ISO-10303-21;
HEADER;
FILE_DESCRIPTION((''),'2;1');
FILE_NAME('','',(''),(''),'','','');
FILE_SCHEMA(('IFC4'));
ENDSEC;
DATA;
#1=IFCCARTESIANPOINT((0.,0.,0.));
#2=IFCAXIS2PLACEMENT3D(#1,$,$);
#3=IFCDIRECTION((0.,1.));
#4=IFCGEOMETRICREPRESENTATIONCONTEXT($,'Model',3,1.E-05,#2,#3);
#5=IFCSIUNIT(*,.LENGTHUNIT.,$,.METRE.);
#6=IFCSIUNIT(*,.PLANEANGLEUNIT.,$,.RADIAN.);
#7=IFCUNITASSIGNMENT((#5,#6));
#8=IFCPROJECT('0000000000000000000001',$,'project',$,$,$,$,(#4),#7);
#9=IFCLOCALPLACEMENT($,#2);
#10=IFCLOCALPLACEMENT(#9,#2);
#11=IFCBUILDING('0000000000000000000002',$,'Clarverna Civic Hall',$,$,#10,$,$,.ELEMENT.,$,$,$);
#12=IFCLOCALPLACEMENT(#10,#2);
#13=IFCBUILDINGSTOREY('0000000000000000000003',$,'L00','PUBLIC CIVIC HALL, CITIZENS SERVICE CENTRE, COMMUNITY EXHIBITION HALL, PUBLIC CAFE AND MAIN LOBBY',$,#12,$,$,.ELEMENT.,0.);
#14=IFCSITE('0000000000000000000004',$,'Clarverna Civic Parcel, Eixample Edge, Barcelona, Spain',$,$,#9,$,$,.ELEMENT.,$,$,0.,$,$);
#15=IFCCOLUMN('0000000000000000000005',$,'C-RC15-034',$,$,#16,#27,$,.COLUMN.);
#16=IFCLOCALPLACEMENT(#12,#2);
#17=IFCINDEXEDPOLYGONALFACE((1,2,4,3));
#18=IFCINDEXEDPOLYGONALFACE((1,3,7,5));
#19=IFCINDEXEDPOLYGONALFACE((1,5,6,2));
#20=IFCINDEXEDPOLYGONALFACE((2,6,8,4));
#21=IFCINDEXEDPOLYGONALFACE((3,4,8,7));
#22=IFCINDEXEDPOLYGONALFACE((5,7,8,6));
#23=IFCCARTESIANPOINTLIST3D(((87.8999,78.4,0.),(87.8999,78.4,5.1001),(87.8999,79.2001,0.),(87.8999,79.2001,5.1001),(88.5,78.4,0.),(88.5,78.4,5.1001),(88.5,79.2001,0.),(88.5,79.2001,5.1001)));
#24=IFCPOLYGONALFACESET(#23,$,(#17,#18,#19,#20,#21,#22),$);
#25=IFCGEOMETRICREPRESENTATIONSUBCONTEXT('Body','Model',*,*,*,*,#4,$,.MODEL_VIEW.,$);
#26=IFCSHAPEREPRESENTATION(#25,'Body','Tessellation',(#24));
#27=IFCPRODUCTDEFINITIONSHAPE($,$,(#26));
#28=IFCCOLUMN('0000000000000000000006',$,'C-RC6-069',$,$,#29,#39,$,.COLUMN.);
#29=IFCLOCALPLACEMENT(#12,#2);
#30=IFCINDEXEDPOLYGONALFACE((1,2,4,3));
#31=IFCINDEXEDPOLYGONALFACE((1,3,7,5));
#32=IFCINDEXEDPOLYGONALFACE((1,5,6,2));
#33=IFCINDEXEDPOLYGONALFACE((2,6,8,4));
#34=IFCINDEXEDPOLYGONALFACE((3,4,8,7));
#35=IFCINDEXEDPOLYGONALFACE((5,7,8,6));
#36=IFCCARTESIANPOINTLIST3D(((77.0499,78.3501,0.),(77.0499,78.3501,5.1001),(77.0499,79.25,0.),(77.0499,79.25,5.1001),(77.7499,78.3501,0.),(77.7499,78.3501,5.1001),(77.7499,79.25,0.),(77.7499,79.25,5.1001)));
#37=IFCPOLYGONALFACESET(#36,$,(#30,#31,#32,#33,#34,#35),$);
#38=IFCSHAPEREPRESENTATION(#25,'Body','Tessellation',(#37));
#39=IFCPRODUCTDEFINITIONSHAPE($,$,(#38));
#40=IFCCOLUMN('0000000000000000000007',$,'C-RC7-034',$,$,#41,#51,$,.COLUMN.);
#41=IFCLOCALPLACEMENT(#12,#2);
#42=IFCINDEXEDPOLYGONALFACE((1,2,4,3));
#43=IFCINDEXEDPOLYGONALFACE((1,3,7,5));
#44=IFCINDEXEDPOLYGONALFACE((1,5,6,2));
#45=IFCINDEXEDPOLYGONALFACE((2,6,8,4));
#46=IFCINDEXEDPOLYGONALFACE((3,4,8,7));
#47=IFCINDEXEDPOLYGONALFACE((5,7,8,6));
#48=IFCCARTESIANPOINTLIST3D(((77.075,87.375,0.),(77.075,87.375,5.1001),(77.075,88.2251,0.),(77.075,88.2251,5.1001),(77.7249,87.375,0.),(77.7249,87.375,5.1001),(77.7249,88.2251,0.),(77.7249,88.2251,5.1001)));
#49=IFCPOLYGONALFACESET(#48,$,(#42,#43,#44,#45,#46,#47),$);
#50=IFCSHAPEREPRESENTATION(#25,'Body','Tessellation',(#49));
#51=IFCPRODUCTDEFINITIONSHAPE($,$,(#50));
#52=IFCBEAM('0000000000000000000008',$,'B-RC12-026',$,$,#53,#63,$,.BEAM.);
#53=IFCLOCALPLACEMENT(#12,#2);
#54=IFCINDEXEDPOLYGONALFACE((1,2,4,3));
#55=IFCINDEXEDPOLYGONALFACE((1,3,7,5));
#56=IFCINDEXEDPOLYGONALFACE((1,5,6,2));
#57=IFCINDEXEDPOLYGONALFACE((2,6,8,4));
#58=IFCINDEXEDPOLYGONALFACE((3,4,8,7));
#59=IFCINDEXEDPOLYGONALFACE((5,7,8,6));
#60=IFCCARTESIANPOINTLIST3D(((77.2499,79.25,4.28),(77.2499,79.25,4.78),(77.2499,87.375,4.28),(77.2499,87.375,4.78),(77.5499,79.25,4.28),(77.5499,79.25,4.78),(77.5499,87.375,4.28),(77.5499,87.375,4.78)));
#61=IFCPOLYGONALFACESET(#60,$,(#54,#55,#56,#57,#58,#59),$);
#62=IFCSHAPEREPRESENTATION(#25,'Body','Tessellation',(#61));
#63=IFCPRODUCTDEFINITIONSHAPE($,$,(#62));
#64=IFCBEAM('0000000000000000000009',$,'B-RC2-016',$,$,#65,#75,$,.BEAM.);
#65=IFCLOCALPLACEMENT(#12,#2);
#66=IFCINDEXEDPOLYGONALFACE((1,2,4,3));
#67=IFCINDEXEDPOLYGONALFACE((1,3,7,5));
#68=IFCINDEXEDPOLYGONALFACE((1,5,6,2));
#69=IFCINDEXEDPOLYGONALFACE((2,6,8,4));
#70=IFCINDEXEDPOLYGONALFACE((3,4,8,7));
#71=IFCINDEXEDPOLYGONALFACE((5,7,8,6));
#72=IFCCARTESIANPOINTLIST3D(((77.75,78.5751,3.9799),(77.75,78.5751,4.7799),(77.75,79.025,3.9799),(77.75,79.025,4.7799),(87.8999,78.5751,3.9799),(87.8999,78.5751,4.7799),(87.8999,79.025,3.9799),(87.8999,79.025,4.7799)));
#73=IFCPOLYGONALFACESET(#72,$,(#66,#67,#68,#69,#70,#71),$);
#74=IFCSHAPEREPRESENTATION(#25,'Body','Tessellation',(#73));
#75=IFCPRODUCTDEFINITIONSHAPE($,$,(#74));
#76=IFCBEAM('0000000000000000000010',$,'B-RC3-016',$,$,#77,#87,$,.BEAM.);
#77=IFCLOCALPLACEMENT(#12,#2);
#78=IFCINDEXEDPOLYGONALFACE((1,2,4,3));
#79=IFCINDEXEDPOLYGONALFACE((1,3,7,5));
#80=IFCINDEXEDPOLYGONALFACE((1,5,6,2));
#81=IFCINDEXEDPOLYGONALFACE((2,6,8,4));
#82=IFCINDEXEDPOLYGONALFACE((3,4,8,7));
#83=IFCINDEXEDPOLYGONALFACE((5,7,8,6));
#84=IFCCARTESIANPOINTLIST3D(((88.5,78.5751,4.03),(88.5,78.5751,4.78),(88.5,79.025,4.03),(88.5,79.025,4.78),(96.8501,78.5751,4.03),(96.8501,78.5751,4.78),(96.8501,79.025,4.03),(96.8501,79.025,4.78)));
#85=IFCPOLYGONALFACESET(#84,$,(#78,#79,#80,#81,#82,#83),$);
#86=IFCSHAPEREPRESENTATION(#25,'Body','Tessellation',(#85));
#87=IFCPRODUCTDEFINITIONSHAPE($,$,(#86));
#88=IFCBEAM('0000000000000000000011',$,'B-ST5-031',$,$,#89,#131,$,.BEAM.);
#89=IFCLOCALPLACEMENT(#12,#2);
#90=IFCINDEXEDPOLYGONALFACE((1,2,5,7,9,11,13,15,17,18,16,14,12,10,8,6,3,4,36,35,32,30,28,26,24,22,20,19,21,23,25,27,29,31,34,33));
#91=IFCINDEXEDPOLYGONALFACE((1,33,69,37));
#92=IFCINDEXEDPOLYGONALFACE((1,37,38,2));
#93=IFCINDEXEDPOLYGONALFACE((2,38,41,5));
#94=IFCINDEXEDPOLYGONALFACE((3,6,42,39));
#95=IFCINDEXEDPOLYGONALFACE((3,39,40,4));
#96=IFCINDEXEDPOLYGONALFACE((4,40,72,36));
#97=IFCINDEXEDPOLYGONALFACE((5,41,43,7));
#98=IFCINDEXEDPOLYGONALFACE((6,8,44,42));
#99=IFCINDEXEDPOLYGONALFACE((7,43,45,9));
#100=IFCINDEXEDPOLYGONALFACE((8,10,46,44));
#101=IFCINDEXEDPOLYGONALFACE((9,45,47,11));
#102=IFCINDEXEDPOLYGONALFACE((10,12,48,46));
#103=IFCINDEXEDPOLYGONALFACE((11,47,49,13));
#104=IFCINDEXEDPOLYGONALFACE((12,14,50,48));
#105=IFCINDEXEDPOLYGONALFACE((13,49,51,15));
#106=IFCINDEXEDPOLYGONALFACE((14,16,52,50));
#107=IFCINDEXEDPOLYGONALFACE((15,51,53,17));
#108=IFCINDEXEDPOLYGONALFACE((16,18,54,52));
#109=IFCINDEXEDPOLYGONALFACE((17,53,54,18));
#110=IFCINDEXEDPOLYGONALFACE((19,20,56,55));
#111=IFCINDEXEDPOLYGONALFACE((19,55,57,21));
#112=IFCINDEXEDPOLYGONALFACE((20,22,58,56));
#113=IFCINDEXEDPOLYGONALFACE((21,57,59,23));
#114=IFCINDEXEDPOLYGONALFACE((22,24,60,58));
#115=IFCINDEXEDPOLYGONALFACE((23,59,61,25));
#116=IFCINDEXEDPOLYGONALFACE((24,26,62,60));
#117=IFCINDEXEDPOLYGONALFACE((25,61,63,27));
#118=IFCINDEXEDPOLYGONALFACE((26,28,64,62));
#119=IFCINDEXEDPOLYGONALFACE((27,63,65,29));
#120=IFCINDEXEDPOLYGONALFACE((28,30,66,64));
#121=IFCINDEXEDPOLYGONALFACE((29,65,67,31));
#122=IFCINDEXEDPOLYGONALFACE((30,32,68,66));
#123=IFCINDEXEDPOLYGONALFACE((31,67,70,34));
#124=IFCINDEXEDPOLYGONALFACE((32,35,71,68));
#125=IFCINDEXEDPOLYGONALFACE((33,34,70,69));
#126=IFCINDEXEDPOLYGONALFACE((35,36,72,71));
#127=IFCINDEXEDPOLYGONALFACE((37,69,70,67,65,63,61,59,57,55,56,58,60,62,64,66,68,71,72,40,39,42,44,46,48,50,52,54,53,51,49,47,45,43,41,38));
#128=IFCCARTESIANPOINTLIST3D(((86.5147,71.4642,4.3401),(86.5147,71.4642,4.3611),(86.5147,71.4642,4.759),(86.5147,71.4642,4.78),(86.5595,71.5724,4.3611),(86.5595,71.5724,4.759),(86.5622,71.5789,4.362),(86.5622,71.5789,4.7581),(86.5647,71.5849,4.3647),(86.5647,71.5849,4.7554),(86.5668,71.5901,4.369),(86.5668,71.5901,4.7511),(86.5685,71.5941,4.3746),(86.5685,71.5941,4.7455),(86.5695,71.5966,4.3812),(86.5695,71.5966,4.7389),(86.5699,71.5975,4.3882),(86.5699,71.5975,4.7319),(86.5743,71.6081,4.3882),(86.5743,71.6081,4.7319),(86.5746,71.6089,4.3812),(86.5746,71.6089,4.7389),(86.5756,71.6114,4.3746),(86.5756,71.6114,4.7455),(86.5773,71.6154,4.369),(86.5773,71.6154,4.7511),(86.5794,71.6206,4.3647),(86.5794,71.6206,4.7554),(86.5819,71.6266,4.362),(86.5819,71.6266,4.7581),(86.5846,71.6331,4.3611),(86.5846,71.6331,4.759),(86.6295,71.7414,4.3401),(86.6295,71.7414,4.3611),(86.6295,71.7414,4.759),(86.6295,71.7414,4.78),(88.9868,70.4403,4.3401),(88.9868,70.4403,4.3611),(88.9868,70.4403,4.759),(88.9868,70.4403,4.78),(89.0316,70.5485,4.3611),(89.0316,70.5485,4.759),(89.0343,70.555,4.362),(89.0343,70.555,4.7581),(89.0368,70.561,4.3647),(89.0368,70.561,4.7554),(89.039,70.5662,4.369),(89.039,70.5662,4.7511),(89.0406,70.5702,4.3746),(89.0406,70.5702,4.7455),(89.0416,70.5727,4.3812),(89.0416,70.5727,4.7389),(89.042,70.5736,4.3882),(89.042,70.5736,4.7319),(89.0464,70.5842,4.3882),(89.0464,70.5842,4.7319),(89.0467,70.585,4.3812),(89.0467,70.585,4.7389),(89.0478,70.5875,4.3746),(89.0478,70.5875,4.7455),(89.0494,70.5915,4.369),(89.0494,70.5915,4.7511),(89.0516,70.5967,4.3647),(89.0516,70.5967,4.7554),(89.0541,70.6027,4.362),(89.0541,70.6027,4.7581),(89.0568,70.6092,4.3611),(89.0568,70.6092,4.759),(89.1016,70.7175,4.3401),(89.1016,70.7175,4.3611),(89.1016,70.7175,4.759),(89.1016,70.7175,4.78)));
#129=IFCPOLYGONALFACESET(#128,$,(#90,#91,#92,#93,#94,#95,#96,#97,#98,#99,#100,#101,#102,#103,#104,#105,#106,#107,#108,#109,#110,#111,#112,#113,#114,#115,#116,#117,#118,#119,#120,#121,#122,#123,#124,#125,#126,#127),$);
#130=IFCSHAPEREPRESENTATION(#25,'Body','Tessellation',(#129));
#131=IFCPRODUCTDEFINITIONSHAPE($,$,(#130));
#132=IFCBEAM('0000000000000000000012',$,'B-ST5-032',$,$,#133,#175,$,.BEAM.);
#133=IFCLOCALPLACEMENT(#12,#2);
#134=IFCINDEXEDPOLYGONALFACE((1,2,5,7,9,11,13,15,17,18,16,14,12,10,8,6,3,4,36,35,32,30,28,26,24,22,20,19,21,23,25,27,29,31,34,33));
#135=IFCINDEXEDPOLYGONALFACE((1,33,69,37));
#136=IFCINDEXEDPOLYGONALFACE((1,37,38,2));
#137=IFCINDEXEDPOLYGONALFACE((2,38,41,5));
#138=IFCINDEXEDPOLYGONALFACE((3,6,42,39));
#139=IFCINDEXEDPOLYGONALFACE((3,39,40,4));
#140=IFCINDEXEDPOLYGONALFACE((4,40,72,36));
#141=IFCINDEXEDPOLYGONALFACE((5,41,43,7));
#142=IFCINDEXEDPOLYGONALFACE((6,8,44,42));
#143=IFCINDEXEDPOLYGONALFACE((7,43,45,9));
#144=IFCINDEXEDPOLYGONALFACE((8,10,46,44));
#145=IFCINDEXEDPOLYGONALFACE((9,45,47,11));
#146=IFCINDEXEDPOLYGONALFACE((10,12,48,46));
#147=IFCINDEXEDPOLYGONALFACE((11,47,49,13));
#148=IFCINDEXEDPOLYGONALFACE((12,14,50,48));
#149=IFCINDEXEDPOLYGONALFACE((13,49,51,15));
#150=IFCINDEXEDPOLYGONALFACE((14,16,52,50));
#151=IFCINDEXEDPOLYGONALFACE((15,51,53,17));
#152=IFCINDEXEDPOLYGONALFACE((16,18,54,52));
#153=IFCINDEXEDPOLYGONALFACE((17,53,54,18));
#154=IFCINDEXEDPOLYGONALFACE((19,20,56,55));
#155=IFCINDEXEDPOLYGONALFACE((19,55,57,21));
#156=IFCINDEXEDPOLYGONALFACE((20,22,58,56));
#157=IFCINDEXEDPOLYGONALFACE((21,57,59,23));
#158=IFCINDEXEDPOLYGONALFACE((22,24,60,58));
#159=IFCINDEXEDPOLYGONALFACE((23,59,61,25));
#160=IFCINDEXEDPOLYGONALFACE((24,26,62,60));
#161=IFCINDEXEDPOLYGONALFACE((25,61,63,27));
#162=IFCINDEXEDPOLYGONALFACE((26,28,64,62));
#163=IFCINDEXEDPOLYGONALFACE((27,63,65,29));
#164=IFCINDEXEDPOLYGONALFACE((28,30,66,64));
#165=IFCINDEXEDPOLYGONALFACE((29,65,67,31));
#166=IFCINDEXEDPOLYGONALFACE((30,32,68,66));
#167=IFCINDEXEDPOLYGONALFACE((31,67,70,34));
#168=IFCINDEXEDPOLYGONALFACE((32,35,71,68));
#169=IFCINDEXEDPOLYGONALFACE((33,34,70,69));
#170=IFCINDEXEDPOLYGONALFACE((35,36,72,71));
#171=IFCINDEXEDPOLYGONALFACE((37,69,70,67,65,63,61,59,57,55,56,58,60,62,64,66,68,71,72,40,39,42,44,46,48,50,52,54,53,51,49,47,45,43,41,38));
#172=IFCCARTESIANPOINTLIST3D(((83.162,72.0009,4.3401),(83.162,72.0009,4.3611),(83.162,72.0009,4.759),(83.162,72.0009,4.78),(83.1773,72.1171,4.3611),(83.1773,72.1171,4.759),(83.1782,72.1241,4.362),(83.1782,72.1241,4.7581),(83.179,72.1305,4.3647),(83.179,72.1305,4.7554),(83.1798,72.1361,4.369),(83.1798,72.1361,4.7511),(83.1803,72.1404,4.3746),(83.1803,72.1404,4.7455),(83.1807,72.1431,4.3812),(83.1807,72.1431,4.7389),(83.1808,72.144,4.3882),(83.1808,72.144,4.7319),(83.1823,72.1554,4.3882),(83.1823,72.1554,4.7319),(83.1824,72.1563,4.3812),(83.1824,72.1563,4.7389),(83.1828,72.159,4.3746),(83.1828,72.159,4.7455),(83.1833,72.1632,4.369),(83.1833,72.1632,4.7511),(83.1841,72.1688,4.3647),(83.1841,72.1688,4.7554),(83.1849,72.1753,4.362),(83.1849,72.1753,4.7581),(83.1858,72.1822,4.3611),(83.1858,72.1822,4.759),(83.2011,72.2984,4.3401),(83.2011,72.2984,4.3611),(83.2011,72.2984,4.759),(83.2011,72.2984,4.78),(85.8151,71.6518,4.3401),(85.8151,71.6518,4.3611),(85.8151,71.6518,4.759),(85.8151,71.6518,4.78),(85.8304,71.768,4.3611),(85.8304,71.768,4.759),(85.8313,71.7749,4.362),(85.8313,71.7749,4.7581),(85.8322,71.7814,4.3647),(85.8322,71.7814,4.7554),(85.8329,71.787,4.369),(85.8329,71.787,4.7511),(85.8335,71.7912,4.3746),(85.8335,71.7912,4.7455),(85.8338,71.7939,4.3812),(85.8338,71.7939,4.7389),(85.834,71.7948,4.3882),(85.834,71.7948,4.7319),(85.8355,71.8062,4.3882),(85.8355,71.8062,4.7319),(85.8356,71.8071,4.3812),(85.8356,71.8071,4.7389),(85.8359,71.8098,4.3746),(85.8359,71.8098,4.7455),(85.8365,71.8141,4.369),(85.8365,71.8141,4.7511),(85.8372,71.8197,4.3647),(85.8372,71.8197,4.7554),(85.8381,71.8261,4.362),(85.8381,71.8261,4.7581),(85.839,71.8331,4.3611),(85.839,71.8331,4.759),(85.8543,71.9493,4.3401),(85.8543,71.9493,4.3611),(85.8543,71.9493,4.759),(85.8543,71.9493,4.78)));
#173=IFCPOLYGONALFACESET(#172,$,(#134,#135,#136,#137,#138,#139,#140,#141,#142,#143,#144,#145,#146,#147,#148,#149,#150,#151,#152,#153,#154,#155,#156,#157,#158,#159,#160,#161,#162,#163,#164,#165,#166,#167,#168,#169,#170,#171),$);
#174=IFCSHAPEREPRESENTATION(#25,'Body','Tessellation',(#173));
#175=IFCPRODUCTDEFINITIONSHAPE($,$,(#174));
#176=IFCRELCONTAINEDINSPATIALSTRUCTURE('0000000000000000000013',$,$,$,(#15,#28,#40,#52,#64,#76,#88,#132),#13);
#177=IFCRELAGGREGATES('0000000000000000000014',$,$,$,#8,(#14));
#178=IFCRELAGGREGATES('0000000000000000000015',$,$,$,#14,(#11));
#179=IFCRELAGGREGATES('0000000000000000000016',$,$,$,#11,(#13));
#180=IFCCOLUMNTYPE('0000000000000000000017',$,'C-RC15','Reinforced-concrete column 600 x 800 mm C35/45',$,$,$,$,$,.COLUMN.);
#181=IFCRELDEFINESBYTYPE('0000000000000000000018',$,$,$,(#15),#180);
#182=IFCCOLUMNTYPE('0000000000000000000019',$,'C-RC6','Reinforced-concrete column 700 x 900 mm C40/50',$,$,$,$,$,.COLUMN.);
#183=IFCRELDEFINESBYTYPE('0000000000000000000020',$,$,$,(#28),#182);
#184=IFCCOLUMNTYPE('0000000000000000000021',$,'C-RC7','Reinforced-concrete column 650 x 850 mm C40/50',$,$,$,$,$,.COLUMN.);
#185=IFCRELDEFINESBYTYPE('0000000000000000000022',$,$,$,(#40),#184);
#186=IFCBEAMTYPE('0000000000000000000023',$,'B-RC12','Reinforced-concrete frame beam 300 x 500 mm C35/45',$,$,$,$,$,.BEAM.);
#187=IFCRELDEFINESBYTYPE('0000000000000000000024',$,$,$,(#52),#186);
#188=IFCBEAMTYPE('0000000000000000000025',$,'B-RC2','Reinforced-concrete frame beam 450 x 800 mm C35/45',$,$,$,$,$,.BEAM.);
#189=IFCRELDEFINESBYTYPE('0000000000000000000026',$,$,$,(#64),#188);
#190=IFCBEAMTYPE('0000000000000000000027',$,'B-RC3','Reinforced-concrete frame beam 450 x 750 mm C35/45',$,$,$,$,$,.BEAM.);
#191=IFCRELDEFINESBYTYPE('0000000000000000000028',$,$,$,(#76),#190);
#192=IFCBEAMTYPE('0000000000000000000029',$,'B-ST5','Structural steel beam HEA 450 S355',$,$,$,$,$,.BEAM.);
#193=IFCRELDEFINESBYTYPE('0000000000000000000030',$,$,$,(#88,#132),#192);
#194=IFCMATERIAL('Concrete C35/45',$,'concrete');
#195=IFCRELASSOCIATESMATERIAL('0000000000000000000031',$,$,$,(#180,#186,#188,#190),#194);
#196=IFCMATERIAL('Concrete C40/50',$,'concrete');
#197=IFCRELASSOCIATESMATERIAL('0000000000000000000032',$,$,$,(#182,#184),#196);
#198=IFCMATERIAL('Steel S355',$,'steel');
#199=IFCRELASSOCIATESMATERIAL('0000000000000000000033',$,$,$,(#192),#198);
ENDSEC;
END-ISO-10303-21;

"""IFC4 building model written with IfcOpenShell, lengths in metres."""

from ifc_helpers import new_model, si_unit, direction, frame, origin, origin_2d, place, context, subcontext, project, spatial, rectangle, i_section, extrude, material, material_profile, profile_set, type_object, element, save


model = new_model("IFC4")

# Units and contexts
model_context = context("Model", 3, precision=1e-05, world=origin(), true_north=direction((0.0, 1.0)))
body_context = subcontext(model_context, "Body", "Model", "MODEL_VIEW")
ifc_project = project(units=[si_unit("LENGTHUNIT", "METRE"), si_unit("PLANEANGLEUNIT", "RADIAN")], contexts=[model_context])

# Site, building, storey
site_placement = place(None, origin())
site = spatial("IfcSite", under=ifc_project, at=site_placement, Name="Clarverna Civic Parcel, Eixample Edge, Barcelona, Spain", CompositionType="ELEMENT", RefElevation=0.0)
building_placement = place(site_placement, origin())
building = spatial("IfcBuilding", under=site, at=building_placement, Name="Clarverna Civic Hall", CompositionType="ELEMENT")
storey_placement = place(building_placement, origin())
storey = spatial("IfcBuildingStorey", under=building, at=storey_placement, Name="L00", Description="PUBLIC CIVIC HALL, CITIZENS SERVICE CENTRE, COMMUNITY EXHIBITION HALL, PUBLIC CAFE AND MAIN LOBBY", CompositionType="ELEMENT", Elevation=0.0)

# Columns
ifc_material_1 = material(Name="Concrete C35/45", Category="concrete")
ifc_material_profile_1 = material_profile(ifc_material_1, rectangle(XDim=0.6001, YDim=0.8, at=origin_2d()), Name="RC 600x800")
ifc_profile_set_1 = profile_set([ifc_material_profile_1], Name="Concrete C35/45")
column_type_1 = type_object("IfcColumnType", Name="C-RC15", Description="Reinforced-concrete column 600 x 800 mm C35/45", PredefinedType="COLUMN", material=ifc_profile_set_1)
column_1_placement = place(storey_placement, frame((88.2, 78.8, 0.0), z_axis=(0.0, 0.0, 1.0), x_axis=(1.0, 0.0, 0.0)))
element("IfcColumn", 1, at=column_1_placement, inside=storey, type_object=column_type_1, Name="C-RC15-034", PredefinedType="COLUMN", context=body_context, shape_type="SweptSolid", body=[
    extrude(rectangle(XDim=0.6001, YDim=0.8, at=origin_2d()), origin(), (0.0, 0.0, 1.0), 5.1001),
])
ifc_material_2 = material(Name="Concrete C40/50", Category="concrete")
ifc_material_profile_2 = material_profile(ifc_material_2, rectangle(XDim=0.7, YDim=0.8999, at=origin_2d()), Name="RC 700x900")
ifc_profile_set_2 = profile_set([ifc_material_profile_2], Name="Concrete C40/50")
column_type_2 = type_object("IfcColumnType", Name="C-RC6", Description="Reinforced-concrete column 700 x 900 mm C40/50", PredefinedType="COLUMN", material=ifc_profile_set_2)
column_2_placement = place(storey_placement, frame((77.3999, 78.8, 0.0), z_axis=(0.0, 0.0, 1.0), x_axis=(1.0, 0.0, 0.0)))
element("IfcColumn", 2, at=column_2_placement, inside=storey, type_object=column_type_2, Name="C-RC6-069", PredefinedType="COLUMN", context=body_context, shape_type="SweptSolid", body=[
    extrude(rectangle(XDim=0.7, YDim=0.8999, at=origin_2d()), origin(), (0.0, 0.0, 1.0), 5.1001),
])
ifc_material_profile_3 = material_profile(ifc_material_2, rectangle(XDim=0.6499, YDim=0.8501, at=origin_2d()), Name="RC 650x850")
ifc_profile_set_3 = profile_set([ifc_material_profile_3], Name="Concrete C40/50")
column_type_3 = type_object("IfcColumnType", Name="C-RC7", Description="Reinforced-concrete column 650 x 850 mm C40/50", PredefinedType="COLUMN", material=ifc_profile_set_3)
column_3_placement = place(storey_placement, frame((77.3999, 87.8, 0.0), z_axis=(0.0, 0.0, 1.0), x_axis=(1.0, 0.0, 0.0)))
element("IfcColumn", 3, at=column_3_placement, inside=storey, type_object=column_type_3, Name="C-RC7-034", PredefinedType="COLUMN", context=body_context, shape_type="SweptSolid", body=[
    extrude(rectangle(XDim=0.6499, YDim=0.8501, at=origin_2d()), origin(), (0.0, 0.0, 1.0), 5.1001),
])

# Beams
ifc_material_profile_4 = material_profile(ifc_material_1, rectangle(XDim=0.3, YDim=0.5, at=origin_2d()), Name="RC 300x500")
ifc_profile_set_4 = profile_set([ifc_material_profile_4], Name="Concrete C35/45")
beam_type_1 = type_object("IfcBeamType", Name="B-RC12", Description="Reinforced-concrete frame beam 300 x 500 mm C35/45", PredefinedType="BEAM", material=ifc_profile_set_4)
beam_1_placement = place(storey_placement, frame((77.3999, 79.25, 4.53), z_axis=(0.0, 1.0, 0.0), x_axis=(-1.0, 0.0, 0.0)))
element("IfcBeam", 4, at=beam_1_placement, inside=storey, type_object=beam_type_1, Name="B-RC12-026", PredefinedType="BEAM", context=body_context, shape_type="SweptSolid", body=[
    extrude(rectangle(XDim=0.3, YDim=0.5, at=origin_2d()), origin(), (0.0, 0.0, 1.0), 8.125),
])
ifc_material_profile_5 = material_profile(ifc_material_1, rectangle(XDim=0.45, YDim=0.8, at=origin_2d()), Name="RC 450x800")
ifc_profile_set_5 = profile_set([ifc_material_profile_5], Name="Concrete C35/45")
beam_type_2 = type_object("IfcBeamType", Name="B-RC2", Description="Reinforced-concrete frame beam 450 x 800 mm C35/45", PredefinedType="BEAM", material=ifc_profile_set_5)
beam_2_placement = place(storey_placement, frame((77.75, 78.8, 4.3799), z_axis=(1.0, 0.0, 0.0), x_axis=(0.0, 1.0, 0.0)))
element("IfcBeam", 5, at=beam_2_placement, inside=storey, type_object=beam_type_2, Name="B-RC2-016", PredefinedType="BEAM", context=body_context, shape_type="SweptSolid", body=[
    extrude(rectangle(XDim=0.45, YDim=0.8, at=origin_2d()), origin(), (0.0, 0.0, 1.0), 10.1499),
])
ifc_material_profile_6 = material_profile(ifc_material_1, rectangle(XDim=0.45, YDim=0.75, at=origin_2d()), Name="RC 450x750")
ifc_profile_set_6 = profile_set([ifc_material_profile_6], Name="Concrete C35/45")
beam_type_3 = type_object("IfcBeamType", Name="B-RC3", Description="Reinforced-concrete frame beam 450 x 750 mm C35/45", PredefinedType="BEAM", material=ifc_profile_set_6)
beam_3_placement = place(storey_placement, frame((88.5, 78.8, 4.405), z_axis=(1.0, 0.0, 0.0), x_axis=(0.0, 1.0, 0.0)))
element("IfcBeam", 6, at=beam_3_placement, inside=storey, type_object=beam_type_3, Name="B-RC3-016", PredefinedType="BEAM", context=body_context, shape_type="SweptSolid", body=[
    extrude(rectangle(XDim=0.45, YDim=0.75, at=origin_2d()), origin(), (0.0, 0.0, 1.0), 8.3501),
])
ifc_material_3 = material(Name="Steel S355", Category="steel")
ifc_material_profile_7 = material_profile(ifc_material_3, i_section(OverallWidth=0.3, OverallDepth=0.4399, WebThickness=0.0115, FlangeThickness=0.021, FilletRadius=0.0271, at=origin_2d()), Name="HEA 450")
ifc_profile_set_7 = profile_set([ifc_material_profile_7], Name="Steel S355")
beam_type_4 = type_object("IfcBeamType", Name="B-ST5", Description="Structural steel beam HEA 450 S355", PredefinedType="BEAM", material=ifc_profile_set_7)
beam_4_placement = place(storey_placement, frame((89.0442, 70.5789, 4.5601), z_axis=(-0.92389, 0.382658, 0.0), x_axis=(-0.382658, -0.92389, 0.0)))
element("IfcBeam", 7, at=beam_4_placement, inside=storey, type_object=beam_type_4, Name="B-ST5-031", PredefinedType="BEAM", context=body_context, shape_type="SweptSolid", body=[
    extrude(i_section(OverallWidth=0.3, OverallDepth=0.4399, WebThickness=0.0115, FlangeThickness=0.021, FilletRadius=0.0271, at=origin_2d()), origin(), (0.0, 0.0, 1.0), 2.6758),
])
beam_5_placement = place(storey_placement, frame((85.8347, 71.8005, 4.5601), z_axis=(-0.991453, 0.130466, 0.0), x_axis=(-0.130466, -0.991453, 0.0)))
element("IfcBeam", 8, at=beam_5_placement, inside=storey, type_object=beam_type_4, Name="B-ST5-032", PredefinedType="BEAM", context=body_context, shape_type="SweptSolid", body=[
    extrude(i_section(OverallWidth=0.3, OverallDepth=0.4399, WebThickness=0.0115, FlangeThickness=0.021, FilletRadius=0.0271, at=origin_2d()), origin(), (0.0, 0.0, 1.0), 2.676),
])

save(model, "model.ifc")
